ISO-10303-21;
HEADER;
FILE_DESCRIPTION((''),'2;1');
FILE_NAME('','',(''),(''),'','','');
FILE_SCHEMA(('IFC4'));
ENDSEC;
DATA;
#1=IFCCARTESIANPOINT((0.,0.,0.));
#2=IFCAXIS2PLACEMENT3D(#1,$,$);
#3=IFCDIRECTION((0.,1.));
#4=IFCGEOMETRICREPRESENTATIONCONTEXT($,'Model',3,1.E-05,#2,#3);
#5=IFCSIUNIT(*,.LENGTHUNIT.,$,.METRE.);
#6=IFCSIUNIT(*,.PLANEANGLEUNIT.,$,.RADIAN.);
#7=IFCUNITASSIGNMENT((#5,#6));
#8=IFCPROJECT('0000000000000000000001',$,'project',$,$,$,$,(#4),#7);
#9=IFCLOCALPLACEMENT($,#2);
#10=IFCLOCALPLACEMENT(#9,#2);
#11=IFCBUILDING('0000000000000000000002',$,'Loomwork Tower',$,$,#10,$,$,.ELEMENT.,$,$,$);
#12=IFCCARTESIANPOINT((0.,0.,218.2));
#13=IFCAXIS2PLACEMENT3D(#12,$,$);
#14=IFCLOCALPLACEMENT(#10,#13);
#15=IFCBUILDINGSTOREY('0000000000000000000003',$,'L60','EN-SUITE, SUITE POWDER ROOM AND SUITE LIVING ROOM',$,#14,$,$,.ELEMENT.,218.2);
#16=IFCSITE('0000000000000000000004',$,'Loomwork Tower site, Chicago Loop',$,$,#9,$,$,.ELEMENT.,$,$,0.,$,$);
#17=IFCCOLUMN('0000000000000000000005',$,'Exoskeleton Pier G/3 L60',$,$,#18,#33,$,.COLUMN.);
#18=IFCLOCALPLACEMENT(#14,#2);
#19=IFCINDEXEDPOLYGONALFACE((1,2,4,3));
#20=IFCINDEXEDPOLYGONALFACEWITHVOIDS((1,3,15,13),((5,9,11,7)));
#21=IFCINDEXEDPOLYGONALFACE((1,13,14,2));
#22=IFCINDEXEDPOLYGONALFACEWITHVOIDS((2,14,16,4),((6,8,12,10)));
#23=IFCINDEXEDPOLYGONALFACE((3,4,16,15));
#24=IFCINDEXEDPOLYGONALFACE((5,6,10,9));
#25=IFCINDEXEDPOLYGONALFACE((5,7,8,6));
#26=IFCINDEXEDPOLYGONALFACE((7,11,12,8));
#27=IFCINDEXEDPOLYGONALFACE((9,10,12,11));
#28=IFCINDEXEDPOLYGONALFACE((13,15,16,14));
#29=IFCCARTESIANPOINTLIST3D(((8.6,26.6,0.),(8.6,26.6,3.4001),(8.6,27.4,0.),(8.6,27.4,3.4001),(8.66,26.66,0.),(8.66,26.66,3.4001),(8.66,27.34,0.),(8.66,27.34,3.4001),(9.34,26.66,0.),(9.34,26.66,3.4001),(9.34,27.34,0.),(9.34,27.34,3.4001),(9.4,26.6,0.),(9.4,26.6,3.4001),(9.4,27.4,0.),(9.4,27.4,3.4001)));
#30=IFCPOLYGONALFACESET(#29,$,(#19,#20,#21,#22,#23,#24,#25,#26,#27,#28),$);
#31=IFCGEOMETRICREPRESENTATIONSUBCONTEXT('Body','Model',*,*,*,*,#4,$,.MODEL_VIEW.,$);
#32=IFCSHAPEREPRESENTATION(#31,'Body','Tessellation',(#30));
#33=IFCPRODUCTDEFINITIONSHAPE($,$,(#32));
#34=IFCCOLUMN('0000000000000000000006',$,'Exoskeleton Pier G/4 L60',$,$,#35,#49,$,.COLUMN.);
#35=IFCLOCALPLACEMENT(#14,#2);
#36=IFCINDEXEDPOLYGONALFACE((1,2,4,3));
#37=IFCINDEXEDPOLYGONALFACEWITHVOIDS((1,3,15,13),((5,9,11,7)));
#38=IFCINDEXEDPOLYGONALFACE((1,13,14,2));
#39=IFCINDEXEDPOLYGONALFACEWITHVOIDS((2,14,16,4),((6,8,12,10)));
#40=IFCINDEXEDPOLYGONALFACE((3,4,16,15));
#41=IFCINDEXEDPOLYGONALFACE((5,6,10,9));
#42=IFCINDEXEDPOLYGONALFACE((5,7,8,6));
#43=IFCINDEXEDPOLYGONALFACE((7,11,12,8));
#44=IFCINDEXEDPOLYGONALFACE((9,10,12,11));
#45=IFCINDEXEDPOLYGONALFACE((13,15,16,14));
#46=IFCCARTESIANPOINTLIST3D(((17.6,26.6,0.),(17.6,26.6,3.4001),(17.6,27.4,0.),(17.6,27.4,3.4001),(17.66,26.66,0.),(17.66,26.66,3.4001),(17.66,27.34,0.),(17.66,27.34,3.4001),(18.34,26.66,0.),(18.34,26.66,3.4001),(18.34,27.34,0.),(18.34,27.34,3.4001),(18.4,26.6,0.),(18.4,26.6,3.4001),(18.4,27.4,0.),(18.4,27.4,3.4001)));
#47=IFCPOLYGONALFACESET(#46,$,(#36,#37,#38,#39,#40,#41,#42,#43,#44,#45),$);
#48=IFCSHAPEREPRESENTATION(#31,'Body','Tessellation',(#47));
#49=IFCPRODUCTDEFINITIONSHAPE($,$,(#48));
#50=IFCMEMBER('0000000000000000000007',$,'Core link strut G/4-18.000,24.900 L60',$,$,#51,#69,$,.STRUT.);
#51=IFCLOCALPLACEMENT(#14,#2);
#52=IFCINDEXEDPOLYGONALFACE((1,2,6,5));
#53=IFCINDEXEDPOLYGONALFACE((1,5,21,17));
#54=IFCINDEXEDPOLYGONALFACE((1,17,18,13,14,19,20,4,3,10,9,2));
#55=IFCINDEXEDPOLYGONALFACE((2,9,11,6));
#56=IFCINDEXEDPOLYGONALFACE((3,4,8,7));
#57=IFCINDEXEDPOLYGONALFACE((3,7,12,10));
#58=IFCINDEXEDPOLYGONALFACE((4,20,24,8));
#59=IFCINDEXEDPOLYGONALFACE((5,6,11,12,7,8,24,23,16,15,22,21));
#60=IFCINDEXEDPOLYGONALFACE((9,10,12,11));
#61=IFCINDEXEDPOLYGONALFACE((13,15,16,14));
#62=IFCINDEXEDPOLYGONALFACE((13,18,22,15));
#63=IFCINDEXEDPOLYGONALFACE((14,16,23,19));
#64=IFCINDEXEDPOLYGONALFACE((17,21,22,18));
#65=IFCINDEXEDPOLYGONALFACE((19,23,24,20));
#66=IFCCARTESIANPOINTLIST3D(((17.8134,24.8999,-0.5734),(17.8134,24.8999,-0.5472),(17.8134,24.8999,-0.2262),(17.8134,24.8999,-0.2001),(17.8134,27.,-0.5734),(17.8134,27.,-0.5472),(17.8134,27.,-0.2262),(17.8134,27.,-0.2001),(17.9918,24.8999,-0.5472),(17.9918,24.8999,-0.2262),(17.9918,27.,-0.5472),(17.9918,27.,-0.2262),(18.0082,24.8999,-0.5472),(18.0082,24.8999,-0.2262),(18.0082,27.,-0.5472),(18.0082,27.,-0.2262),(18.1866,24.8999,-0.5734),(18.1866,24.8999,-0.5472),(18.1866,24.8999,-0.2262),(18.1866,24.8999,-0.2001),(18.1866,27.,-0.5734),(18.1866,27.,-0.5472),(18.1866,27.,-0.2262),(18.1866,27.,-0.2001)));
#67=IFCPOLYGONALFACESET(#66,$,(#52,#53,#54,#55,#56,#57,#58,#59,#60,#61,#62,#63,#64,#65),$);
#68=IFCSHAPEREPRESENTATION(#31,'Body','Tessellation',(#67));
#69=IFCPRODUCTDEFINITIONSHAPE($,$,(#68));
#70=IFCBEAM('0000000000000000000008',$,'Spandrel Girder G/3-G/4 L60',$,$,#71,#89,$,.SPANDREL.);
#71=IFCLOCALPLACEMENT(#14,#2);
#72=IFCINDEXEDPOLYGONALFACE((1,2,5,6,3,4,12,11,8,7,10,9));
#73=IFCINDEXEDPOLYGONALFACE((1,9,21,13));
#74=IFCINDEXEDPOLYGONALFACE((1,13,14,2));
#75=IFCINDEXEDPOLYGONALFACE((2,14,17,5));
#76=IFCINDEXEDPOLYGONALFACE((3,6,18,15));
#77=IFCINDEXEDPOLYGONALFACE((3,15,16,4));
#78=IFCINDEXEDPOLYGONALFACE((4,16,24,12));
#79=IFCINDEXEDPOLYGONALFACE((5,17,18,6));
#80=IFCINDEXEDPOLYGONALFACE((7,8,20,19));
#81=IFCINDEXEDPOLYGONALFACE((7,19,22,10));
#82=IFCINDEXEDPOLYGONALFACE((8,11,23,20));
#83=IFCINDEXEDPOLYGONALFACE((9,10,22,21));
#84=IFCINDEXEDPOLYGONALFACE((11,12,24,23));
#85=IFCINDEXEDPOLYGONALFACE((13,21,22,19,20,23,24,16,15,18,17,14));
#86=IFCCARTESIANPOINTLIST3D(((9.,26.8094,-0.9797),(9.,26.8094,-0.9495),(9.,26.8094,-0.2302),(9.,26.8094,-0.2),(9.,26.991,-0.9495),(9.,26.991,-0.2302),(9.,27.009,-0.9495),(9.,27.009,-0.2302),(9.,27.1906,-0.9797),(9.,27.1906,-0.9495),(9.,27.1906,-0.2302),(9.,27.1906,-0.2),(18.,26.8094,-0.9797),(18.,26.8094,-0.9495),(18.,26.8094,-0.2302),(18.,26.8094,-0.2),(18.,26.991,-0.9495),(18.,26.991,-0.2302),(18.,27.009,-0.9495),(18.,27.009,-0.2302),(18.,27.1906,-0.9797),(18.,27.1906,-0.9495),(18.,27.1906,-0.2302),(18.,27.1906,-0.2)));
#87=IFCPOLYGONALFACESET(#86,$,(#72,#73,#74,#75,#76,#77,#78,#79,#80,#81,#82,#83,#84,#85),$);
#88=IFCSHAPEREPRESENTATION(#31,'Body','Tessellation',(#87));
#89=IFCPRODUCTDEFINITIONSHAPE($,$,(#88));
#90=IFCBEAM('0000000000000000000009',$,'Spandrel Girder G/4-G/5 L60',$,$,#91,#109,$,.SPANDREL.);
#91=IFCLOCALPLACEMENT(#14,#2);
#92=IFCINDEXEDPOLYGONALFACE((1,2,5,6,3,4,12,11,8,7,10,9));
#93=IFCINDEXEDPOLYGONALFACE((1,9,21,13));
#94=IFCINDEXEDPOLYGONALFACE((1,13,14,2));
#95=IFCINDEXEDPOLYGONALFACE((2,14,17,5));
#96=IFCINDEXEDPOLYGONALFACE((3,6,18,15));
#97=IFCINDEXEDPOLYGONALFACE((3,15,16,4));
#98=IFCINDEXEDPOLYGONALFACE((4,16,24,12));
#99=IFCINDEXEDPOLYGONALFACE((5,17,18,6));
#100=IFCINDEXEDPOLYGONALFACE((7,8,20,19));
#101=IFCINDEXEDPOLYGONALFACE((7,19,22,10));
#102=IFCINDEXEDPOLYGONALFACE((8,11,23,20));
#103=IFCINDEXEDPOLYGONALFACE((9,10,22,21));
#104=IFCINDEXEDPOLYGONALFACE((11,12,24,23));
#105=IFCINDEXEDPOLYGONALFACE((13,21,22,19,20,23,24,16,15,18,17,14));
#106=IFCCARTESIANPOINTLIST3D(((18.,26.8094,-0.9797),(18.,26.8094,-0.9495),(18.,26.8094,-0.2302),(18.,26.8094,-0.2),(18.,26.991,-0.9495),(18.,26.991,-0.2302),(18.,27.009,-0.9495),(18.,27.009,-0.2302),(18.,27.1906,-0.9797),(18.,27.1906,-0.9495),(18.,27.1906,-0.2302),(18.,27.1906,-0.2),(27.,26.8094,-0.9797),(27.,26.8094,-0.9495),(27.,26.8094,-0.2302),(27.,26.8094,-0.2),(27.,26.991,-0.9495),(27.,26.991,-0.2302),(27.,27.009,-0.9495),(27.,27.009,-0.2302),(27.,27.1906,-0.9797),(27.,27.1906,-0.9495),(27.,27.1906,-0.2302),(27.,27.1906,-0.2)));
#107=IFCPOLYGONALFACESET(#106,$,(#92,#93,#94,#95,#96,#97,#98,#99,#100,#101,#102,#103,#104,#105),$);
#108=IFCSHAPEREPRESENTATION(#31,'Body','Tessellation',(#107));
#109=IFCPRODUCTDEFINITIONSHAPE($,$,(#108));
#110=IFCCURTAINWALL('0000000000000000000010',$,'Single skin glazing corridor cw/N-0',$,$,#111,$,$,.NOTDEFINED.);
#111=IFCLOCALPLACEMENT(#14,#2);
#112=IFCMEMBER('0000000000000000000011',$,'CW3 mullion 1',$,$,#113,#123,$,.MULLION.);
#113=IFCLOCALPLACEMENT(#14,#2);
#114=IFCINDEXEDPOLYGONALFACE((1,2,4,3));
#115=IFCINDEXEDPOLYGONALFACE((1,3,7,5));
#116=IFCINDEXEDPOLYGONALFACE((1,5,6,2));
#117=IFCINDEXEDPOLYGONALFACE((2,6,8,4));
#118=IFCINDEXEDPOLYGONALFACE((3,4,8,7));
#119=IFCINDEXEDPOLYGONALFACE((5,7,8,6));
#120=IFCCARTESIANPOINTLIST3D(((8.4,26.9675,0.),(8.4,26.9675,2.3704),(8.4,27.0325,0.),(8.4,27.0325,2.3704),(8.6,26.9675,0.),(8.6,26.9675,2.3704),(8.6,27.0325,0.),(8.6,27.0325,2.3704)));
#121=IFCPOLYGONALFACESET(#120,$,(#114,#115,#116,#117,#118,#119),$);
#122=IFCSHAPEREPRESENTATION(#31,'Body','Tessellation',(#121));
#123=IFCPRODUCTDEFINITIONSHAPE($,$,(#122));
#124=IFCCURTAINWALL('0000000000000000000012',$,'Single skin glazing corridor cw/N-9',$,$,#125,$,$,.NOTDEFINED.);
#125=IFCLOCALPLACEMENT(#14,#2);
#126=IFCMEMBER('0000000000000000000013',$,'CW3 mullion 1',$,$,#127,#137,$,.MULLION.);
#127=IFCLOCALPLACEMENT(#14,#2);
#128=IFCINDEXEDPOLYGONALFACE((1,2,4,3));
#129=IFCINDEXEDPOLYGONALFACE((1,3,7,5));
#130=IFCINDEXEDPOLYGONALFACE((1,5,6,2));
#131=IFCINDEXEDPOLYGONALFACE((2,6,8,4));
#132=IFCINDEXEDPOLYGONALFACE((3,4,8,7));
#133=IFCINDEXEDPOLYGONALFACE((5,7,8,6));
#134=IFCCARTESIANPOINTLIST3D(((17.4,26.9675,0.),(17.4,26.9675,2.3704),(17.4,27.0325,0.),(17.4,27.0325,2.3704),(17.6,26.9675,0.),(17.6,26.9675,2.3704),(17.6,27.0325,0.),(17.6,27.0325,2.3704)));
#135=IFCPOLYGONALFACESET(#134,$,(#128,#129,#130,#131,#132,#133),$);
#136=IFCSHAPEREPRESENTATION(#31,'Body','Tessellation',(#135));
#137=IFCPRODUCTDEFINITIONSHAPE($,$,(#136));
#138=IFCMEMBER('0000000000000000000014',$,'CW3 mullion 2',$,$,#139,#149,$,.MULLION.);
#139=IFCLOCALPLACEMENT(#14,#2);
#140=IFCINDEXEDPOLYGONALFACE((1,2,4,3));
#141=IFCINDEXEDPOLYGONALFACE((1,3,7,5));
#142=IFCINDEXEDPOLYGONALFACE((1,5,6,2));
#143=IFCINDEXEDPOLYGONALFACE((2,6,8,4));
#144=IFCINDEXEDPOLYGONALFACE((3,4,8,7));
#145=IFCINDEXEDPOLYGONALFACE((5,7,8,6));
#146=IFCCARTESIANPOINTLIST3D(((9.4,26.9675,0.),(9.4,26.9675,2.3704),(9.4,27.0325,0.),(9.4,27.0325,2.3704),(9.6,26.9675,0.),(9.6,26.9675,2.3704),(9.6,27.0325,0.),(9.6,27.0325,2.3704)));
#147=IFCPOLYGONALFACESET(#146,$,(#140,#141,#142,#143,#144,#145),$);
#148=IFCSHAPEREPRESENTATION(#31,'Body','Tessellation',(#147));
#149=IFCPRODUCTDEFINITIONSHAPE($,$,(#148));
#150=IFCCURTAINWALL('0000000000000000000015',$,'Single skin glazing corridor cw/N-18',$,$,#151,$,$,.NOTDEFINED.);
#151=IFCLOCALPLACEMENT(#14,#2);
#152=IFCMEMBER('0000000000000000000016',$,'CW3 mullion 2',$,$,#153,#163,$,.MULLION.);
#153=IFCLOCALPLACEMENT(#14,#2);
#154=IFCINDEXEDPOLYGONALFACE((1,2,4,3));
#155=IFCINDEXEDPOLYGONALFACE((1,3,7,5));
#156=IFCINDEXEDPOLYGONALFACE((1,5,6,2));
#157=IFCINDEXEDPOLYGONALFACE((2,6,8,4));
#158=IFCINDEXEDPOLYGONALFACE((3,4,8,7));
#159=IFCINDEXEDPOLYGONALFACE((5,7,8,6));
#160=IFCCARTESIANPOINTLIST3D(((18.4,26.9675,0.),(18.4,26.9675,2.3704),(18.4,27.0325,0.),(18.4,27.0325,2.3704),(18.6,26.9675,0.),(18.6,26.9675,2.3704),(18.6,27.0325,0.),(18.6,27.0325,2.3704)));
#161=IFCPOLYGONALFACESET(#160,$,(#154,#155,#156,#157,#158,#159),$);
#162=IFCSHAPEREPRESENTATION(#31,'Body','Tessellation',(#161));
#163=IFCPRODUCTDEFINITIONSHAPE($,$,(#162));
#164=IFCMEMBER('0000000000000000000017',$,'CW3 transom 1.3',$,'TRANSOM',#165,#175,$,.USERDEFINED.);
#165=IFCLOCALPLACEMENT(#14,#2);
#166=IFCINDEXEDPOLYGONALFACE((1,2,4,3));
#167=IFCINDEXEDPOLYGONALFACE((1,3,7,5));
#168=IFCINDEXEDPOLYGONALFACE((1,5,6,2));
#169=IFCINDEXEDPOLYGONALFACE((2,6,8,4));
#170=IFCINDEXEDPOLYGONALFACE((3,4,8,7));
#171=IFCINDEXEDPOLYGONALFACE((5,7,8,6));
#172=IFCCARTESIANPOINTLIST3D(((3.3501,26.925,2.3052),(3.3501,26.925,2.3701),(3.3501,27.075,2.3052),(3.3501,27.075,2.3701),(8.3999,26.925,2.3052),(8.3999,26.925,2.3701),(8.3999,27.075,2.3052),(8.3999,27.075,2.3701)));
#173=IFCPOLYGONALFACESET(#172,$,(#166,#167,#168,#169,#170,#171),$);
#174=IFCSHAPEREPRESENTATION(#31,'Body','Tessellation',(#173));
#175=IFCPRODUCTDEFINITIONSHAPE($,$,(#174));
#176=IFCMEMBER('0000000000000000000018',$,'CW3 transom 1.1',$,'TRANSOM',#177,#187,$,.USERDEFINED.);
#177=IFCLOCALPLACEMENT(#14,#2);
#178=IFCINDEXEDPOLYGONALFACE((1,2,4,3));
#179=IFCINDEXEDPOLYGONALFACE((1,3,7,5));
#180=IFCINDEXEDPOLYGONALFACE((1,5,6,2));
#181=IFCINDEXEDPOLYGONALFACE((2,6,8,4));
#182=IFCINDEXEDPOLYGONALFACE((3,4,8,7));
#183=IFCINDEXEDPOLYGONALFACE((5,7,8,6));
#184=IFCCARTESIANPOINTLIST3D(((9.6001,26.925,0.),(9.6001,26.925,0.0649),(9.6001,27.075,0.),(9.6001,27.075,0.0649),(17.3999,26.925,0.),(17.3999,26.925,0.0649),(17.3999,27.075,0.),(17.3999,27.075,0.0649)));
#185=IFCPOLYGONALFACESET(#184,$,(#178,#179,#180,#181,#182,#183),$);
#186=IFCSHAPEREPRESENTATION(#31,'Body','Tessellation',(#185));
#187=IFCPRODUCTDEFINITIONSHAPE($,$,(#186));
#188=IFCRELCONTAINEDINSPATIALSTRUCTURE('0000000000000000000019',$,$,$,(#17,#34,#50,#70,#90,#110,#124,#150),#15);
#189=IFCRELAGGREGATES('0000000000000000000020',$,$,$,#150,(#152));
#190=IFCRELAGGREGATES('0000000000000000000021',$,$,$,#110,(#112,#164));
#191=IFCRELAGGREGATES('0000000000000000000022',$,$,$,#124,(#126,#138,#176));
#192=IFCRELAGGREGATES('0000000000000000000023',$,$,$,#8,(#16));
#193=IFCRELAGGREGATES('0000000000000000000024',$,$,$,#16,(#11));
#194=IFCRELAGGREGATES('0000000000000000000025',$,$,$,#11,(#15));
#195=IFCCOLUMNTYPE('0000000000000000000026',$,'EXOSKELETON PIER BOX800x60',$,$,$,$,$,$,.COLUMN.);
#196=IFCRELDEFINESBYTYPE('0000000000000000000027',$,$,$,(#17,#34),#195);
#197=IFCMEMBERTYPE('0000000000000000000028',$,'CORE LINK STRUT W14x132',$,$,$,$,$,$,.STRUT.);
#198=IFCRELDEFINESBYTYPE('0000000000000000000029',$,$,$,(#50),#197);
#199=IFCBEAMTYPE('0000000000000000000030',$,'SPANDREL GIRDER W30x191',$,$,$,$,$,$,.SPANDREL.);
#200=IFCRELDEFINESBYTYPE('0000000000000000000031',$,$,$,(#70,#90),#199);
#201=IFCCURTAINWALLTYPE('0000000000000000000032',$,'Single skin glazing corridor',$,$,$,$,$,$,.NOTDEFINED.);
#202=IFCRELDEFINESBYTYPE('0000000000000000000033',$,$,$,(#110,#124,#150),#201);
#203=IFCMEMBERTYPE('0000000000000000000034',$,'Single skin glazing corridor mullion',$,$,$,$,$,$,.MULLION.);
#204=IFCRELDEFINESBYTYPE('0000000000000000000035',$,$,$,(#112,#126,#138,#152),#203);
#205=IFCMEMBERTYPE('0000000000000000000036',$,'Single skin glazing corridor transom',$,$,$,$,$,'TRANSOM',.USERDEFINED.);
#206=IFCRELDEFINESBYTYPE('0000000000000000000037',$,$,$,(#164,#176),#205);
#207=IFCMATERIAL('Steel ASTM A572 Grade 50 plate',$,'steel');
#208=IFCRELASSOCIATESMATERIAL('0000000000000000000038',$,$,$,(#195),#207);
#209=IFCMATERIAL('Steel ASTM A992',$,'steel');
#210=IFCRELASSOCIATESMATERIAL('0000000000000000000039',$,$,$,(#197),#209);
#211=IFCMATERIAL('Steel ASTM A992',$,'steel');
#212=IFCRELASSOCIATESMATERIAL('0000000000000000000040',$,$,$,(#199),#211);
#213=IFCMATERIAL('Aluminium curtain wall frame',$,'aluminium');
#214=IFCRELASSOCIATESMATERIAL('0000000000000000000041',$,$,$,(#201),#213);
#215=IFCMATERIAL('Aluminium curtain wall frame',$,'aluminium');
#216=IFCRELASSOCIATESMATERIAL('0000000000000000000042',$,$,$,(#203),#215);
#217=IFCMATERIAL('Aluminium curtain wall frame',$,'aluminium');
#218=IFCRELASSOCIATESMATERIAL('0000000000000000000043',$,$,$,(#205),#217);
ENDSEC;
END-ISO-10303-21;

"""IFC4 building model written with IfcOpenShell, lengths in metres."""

from ifc_helpers import new_model, si_unit, direction, frame, origin, origin_2d, place, context, subcontext, project, spatial, rectangle, hollow_rectangle, i_section, extrude, material, material_profile, profile_set, type_object, element, aggregate, save


model = new_model("IFC4")

# Units and contexts
model_context = context("Model", 3, precision=1e-05, world=origin(), true_north=direction((0.0, 1.0)))
body_context = subcontext(model_context, "Body", "Model", "MODEL_VIEW")
ifc_project = project(units=[si_unit("LENGTHUNIT", "METRE"), si_unit("PLANEANGLEUNIT", "RADIAN")], contexts=[model_context])

# Site, building, storey
site_placement = place(None, origin())
site = spatial("IfcSite", under=ifc_project, at=site_placement, Name="Loomwork Tower site, Chicago Loop", CompositionType="ELEMENT", RefElevation=0.0)
building_placement = place(site_placement, origin())
building = spatial("IfcBuilding", under=site, at=building_placement, Name="Loomwork Tower", CompositionType="ELEMENT")
storey_placement = place(building_placement, frame((0.0, 0.0, 218.2)))
storey = spatial("IfcBuildingStorey", under=building, at=storey_placement, Name="L60", Description="EN-SUITE, SUITE POWDER ROOM AND SUITE LIVING ROOM", CompositionType="ELEMENT", Elevation=218.2)

# Columns
ifc_material_1 = material(Name="Steel ASTM A572 Grade 50 plate", Category="steel")
ifc_material_profile_1 = material_profile(ifc_material_1, hollow_rectangle(XDim=0.8, YDim=0.8, WallThickness=0.0601, at=origin_2d()), Name="BOX800x60")
ifc_profile_set_1 = profile_set([ifc_material_profile_1], Name="Steel ASTM A572 Grade 50 plate")
column_type = type_object("IfcColumnType", Name="EXOSKELETON PIER BOX800x60", PredefinedType="COLUMN", material=ifc_profile_set_1)
for number, where, z_axis, x_axis, name in (
    (1, (9.0, 27.0, 0.0), (0.0, 0.0, 1.0), (1.0, 0.0, 0.0), "Exoskeleton Pier G/3 L60"),
    (2, (18.0, 27.0, 0.0), (0.0, 0.0, 1.0), (1.0, 0.0, 0.0), "Exoskeleton Pier G/4 L60"),
):
    element("IfcColumn", number, at=place(storey_placement, frame(where, z_axis=z_axis, x_axis=x_axis)), inside=storey, type_object=column_type, Name=name, PredefinedType="COLUMN", context=body_context, shape_type="SweptSolid", body=[
        extrude(hollow_rectangle(XDim=0.8, YDim=0.8, WallThickness=0.0601, at=origin_2d()), origin(), (0.0, 0.0, 1.0), 3.4001),
    ])

# Member
ifc_material_2 = material(Name="Steel ASTM A992", Category="steel")
ifc_material_profile_2 = material_profile(ifc_material_2, i_section(OverallWidth=0.3733, OverallDepth=0.3733, WebThickness=0.0164, FlangeThickness=0.0261, at=origin_2d()), Name="W14x132")
ifc_profile_set_2 = profile_set([ifc_material_profile_2], Name="Steel ASTM A992")
member_type_1 = type_object("IfcMemberType", Name="CORE LINK STRUT W14x132", PredefinedType="STRUT", material=ifc_profile_set_2)
member_1_placement = place(storey_placement, frame((18.0, 27.0, -0.3867), z_axis=(0.0, -1.0, 0.0), x_axis=(1.0, 0.0, 0.0)))
element("IfcMember", 3, at=member_1_placement, inside=storey, type_object=member_type_1, Name="Core link strut G/4-18.000,24.900 L60", PredefinedType="STRUT", context=body_context, shape_type="SweptSolid", body=[
    extrude(i_section(OverallWidth=0.3733, OverallDepth=0.3733, WebThickness=0.0164, FlangeThickness=0.0261, at=origin_2d()), origin(), (0.0, 0.0, 1.0), 2.1001),
])

# Beams
ifc_material_3 = material(Name="Steel ASTM A992", Category="steel")
ifc_material_profile_3 = material_profile(ifc_material_3, i_section(OverallWidth=0.3811, OverallDepth=0.7798, WebThickness=0.0181, FlangeThickness=0.0303, at=origin_2d()), Name="W30x191")
ifc_profile_set_3 = profile_set([ifc_material_profile_3], Name="Steel ASTM A992")
beam_type = type_object("IfcBeamType", Name="SPANDREL GIRDER W30x191", PredefinedType="SPANDREL", material=ifc_profile_set_3)
for number, where, z_axis, x_axis, name in (
    (4, (9.0, 27.0, -0.5898), (1.0, 0.0, 0.0), (0.0, 1.0, 0.0), "Spandrel Girder G/3-G/4 L60"),
    (5, (18.0, 27.0, -0.5898), (1.0, 0.0, 0.0), (0.0, 1.0, 0.0), "Spandrel Girder G/4-G/5 L60"),
):
    element("IfcBeam", number, at=place(storey_placement, frame(where, z_axis=z_axis, x_axis=x_axis)), inside=storey, type_object=beam_type, Name=name, PredefinedType="SPANDREL", context=body_context, shape_type="SweptSolid", body=[
        extrude(i_section(OverallWidth=0.3811, OverallDepth=0.7798, WebThickness=0.0181, FlangeThickness=0.0303, at=origin_2d()), origin(), (0.0, 0.0, 1.0), 9.0),
    ])

# Curtain wall, member
ifc_material_4 = material(Name="Aluminium curtain wall frame", Category="aluminium")
curtain_wall_type = type_object("IfcCurtainWallType", Name="Single skin glazing corridor", PredefinedType="NOTDEFINED", material=ifc_material_4)
curtain_wall_1_placement = place(storey_placement, origin())
curtain_wall_1 = element("IfcCurtainWall", 6, at=curtain_wall_1_placement, inside=storey, type_object=curtain_wall_type, Name="Single skin glazing corridor cw/N-0", PredefinedType="NOTDEFINED")
ifc_material_5 = material(Name="Aluminium curtain wall frame", Category="aluminium")
ifc_material_profile_4 = material_profile(ifc_material_5, rectangle(XDim=0.0649, YDim=0.2, at=origin_2d()), Name="AL 65x200")
ifc_profile_set_4 = profile_set([ifc_material_profile_4], Name="Aluminium curtain wall frame")
member_type_2 = type_object("IfcMemberType", Name="Single skin glazing corridor mullion", PredefinedType="MULLION", material=ifc_profile_set_4)
member_2_placement = place(storey_placement, frame((8.5, 27.0, 0.0), z_axis=(0.0, 0.0, 1.0), x_axis=(0.0, -1.0, 0.0)))
member_2 = element("IfcMember", 7, at=member_2_placement, type_object=member_type_2, Name="CW3 mullion 1", PredefinedType="MULLION", context=body_context, shape_type="SweptSolid", body=[
    extrude(rectangle(XDim=0.0649, YDim=0.2, at=origin_2d()), origin(), (0.0, 0.0, 1.0), 2.3704),
])

# Curtain wall, members
curtain_wall_2_placement = place(storey_placement, origin())
curtain_wall_2 = element("IfcCurtainWall", 8, at=curtain_wall_2_placement, inside=storey, type_object=curtain_wall_type, Name="Single skin glazing corridor cw/N-9", PredefinedType="NOTDEFINED")
member_3_placement = place(storey_placement, frame((17.5, 27.0, 0.0), z_axis=(0.0, 0.0, 1.0), x_axis=(0.0, -1.0, 0.0)))
member_3 = element("IfcMember", 9, at=member_3_placement, type_object=member_type_2, Name="CW3 mullion 1", PredefinedType="MULLION", context=body_context, shape_type="SweptSolid", body=[
    extrude(rectangle(XDim=0.0649, YDim=0.2, at=origin_2d()), origin(), (0.0, 0.0, 1.0), 2.3704),
])
member_4_placement = place(storey_placement, frame((9.5, 27.0, 0.0), z_axis=(0.0, 0.0, 1.0), x_axis=(0.0, -1.0, 0.0)))
member_4 = element("IfcMember", 10, at=member_4_placement, type_object=member_type_2, Name="CW3 mullion 2", PredefinedType="MULLION", context=body_context, shape_type="SweptSolid", body=[
    extrude(rectangle(XDim=0.0649, YDim=0.2, at=origin_2d()), origin(), (0.0, 0.0, 1.0), 2.3704),
])

# Curtain wall, member
curtain_wall_3_placement = place(storey_placement, origin())
curtain_wall_3 = element("IfcCurtainWall", 11, at=curtain_wall_3_placement, inside=storey, type_object=curtain_wall_type, Name="Single skin glazing corridor cw/N-18", PredefinedType="NOTDEFINED")
member_5_placement = place(storey_placement, frame((18.5, 27.0, 0.0), z_axis=(0.0, 0.0, 1.0), x_axis=(0.0, -1.0, 0.0)))
member_5 = element("IfcMember", 12, at=member_5_placement, type_object=member_type_2, Name="CW3 mullion 2", PredefinedType="MULLION", context=body_context, shape_type="SweptSolid", body=[
    extrude(rectangle(XDim=0.0649, YDim=0.2, at=origin_2d()), origin(), (0.0, 0.0, 1.0), 2.3704),
])
aggregate(curtain_wall_3, [member_5])

# Members
ifc_material_6 = material(Name="Aluminium curtain wall frame", Category="aluminium")
ifc_material_profile_5 = material_profile(ifc_material_6, rectangle(XDim=0.1499, YDim=0.0649, at=origin_2d()), Name="AL 65x150")
ifc_profile_set_5 = profile_set([ifc_material_profile_5], Name="Aluminium curtain wall frame")
member_type_3 = type_object("IfcMemberType", Name="Single skin glazing corridor transom", ElementType="TRANSOM", PredefinedType="USERDEFINED", material=ifc_profile_set_5)
member_6_placement = place(storey_placement, frame((8.3999, 27.0, 2.3376), z_axis=(-1.0, 0.0, 0.0), x_axis=(0.0, -1.0, 0.0)))
member_6 = element("IfcMember", 13, at=member_6_placement, type_object=member_type_3, Name="CW3 transom 1.3", ObjectType="TRANSOM", PredefinedType="USERDEFINED", context=body_context, shape_type="SweptSolid", body=[
    extrude(rectangle(XDim=0.1499, YDim=0.0649, at=origin_2d()), origin(), (0.0, 0.0, 1.0), 5.0498),
])
aggregate(curtain_wall_1, [member_2, member_6])
member_7_placement = place(storey_placement, frame((17.3999, 27.0, 0.0325), z_axis=(-1.0, 0.0, 0.0), x_axis=(0.0, -1.0, 0.0)))
member_7 = element("IfcMember", 14, at=member_7_placement, type_object=member_type_3, Name="CW3 transom 1.1", ObjectType="TRANSOM", PredefinedType="USERDEFINED", context=body_context, shape_type="SweptSolid", body=[
    extrude(rectangle(XDim=0.1499, YDim=0.0649, at=origin_2d()), origin(), (0.0, 0.0, 1.0), 7.7998),
])

aggregate(curtain_wall_2, [member_3, member_4, member_7])

save(model, "model.ifc")
